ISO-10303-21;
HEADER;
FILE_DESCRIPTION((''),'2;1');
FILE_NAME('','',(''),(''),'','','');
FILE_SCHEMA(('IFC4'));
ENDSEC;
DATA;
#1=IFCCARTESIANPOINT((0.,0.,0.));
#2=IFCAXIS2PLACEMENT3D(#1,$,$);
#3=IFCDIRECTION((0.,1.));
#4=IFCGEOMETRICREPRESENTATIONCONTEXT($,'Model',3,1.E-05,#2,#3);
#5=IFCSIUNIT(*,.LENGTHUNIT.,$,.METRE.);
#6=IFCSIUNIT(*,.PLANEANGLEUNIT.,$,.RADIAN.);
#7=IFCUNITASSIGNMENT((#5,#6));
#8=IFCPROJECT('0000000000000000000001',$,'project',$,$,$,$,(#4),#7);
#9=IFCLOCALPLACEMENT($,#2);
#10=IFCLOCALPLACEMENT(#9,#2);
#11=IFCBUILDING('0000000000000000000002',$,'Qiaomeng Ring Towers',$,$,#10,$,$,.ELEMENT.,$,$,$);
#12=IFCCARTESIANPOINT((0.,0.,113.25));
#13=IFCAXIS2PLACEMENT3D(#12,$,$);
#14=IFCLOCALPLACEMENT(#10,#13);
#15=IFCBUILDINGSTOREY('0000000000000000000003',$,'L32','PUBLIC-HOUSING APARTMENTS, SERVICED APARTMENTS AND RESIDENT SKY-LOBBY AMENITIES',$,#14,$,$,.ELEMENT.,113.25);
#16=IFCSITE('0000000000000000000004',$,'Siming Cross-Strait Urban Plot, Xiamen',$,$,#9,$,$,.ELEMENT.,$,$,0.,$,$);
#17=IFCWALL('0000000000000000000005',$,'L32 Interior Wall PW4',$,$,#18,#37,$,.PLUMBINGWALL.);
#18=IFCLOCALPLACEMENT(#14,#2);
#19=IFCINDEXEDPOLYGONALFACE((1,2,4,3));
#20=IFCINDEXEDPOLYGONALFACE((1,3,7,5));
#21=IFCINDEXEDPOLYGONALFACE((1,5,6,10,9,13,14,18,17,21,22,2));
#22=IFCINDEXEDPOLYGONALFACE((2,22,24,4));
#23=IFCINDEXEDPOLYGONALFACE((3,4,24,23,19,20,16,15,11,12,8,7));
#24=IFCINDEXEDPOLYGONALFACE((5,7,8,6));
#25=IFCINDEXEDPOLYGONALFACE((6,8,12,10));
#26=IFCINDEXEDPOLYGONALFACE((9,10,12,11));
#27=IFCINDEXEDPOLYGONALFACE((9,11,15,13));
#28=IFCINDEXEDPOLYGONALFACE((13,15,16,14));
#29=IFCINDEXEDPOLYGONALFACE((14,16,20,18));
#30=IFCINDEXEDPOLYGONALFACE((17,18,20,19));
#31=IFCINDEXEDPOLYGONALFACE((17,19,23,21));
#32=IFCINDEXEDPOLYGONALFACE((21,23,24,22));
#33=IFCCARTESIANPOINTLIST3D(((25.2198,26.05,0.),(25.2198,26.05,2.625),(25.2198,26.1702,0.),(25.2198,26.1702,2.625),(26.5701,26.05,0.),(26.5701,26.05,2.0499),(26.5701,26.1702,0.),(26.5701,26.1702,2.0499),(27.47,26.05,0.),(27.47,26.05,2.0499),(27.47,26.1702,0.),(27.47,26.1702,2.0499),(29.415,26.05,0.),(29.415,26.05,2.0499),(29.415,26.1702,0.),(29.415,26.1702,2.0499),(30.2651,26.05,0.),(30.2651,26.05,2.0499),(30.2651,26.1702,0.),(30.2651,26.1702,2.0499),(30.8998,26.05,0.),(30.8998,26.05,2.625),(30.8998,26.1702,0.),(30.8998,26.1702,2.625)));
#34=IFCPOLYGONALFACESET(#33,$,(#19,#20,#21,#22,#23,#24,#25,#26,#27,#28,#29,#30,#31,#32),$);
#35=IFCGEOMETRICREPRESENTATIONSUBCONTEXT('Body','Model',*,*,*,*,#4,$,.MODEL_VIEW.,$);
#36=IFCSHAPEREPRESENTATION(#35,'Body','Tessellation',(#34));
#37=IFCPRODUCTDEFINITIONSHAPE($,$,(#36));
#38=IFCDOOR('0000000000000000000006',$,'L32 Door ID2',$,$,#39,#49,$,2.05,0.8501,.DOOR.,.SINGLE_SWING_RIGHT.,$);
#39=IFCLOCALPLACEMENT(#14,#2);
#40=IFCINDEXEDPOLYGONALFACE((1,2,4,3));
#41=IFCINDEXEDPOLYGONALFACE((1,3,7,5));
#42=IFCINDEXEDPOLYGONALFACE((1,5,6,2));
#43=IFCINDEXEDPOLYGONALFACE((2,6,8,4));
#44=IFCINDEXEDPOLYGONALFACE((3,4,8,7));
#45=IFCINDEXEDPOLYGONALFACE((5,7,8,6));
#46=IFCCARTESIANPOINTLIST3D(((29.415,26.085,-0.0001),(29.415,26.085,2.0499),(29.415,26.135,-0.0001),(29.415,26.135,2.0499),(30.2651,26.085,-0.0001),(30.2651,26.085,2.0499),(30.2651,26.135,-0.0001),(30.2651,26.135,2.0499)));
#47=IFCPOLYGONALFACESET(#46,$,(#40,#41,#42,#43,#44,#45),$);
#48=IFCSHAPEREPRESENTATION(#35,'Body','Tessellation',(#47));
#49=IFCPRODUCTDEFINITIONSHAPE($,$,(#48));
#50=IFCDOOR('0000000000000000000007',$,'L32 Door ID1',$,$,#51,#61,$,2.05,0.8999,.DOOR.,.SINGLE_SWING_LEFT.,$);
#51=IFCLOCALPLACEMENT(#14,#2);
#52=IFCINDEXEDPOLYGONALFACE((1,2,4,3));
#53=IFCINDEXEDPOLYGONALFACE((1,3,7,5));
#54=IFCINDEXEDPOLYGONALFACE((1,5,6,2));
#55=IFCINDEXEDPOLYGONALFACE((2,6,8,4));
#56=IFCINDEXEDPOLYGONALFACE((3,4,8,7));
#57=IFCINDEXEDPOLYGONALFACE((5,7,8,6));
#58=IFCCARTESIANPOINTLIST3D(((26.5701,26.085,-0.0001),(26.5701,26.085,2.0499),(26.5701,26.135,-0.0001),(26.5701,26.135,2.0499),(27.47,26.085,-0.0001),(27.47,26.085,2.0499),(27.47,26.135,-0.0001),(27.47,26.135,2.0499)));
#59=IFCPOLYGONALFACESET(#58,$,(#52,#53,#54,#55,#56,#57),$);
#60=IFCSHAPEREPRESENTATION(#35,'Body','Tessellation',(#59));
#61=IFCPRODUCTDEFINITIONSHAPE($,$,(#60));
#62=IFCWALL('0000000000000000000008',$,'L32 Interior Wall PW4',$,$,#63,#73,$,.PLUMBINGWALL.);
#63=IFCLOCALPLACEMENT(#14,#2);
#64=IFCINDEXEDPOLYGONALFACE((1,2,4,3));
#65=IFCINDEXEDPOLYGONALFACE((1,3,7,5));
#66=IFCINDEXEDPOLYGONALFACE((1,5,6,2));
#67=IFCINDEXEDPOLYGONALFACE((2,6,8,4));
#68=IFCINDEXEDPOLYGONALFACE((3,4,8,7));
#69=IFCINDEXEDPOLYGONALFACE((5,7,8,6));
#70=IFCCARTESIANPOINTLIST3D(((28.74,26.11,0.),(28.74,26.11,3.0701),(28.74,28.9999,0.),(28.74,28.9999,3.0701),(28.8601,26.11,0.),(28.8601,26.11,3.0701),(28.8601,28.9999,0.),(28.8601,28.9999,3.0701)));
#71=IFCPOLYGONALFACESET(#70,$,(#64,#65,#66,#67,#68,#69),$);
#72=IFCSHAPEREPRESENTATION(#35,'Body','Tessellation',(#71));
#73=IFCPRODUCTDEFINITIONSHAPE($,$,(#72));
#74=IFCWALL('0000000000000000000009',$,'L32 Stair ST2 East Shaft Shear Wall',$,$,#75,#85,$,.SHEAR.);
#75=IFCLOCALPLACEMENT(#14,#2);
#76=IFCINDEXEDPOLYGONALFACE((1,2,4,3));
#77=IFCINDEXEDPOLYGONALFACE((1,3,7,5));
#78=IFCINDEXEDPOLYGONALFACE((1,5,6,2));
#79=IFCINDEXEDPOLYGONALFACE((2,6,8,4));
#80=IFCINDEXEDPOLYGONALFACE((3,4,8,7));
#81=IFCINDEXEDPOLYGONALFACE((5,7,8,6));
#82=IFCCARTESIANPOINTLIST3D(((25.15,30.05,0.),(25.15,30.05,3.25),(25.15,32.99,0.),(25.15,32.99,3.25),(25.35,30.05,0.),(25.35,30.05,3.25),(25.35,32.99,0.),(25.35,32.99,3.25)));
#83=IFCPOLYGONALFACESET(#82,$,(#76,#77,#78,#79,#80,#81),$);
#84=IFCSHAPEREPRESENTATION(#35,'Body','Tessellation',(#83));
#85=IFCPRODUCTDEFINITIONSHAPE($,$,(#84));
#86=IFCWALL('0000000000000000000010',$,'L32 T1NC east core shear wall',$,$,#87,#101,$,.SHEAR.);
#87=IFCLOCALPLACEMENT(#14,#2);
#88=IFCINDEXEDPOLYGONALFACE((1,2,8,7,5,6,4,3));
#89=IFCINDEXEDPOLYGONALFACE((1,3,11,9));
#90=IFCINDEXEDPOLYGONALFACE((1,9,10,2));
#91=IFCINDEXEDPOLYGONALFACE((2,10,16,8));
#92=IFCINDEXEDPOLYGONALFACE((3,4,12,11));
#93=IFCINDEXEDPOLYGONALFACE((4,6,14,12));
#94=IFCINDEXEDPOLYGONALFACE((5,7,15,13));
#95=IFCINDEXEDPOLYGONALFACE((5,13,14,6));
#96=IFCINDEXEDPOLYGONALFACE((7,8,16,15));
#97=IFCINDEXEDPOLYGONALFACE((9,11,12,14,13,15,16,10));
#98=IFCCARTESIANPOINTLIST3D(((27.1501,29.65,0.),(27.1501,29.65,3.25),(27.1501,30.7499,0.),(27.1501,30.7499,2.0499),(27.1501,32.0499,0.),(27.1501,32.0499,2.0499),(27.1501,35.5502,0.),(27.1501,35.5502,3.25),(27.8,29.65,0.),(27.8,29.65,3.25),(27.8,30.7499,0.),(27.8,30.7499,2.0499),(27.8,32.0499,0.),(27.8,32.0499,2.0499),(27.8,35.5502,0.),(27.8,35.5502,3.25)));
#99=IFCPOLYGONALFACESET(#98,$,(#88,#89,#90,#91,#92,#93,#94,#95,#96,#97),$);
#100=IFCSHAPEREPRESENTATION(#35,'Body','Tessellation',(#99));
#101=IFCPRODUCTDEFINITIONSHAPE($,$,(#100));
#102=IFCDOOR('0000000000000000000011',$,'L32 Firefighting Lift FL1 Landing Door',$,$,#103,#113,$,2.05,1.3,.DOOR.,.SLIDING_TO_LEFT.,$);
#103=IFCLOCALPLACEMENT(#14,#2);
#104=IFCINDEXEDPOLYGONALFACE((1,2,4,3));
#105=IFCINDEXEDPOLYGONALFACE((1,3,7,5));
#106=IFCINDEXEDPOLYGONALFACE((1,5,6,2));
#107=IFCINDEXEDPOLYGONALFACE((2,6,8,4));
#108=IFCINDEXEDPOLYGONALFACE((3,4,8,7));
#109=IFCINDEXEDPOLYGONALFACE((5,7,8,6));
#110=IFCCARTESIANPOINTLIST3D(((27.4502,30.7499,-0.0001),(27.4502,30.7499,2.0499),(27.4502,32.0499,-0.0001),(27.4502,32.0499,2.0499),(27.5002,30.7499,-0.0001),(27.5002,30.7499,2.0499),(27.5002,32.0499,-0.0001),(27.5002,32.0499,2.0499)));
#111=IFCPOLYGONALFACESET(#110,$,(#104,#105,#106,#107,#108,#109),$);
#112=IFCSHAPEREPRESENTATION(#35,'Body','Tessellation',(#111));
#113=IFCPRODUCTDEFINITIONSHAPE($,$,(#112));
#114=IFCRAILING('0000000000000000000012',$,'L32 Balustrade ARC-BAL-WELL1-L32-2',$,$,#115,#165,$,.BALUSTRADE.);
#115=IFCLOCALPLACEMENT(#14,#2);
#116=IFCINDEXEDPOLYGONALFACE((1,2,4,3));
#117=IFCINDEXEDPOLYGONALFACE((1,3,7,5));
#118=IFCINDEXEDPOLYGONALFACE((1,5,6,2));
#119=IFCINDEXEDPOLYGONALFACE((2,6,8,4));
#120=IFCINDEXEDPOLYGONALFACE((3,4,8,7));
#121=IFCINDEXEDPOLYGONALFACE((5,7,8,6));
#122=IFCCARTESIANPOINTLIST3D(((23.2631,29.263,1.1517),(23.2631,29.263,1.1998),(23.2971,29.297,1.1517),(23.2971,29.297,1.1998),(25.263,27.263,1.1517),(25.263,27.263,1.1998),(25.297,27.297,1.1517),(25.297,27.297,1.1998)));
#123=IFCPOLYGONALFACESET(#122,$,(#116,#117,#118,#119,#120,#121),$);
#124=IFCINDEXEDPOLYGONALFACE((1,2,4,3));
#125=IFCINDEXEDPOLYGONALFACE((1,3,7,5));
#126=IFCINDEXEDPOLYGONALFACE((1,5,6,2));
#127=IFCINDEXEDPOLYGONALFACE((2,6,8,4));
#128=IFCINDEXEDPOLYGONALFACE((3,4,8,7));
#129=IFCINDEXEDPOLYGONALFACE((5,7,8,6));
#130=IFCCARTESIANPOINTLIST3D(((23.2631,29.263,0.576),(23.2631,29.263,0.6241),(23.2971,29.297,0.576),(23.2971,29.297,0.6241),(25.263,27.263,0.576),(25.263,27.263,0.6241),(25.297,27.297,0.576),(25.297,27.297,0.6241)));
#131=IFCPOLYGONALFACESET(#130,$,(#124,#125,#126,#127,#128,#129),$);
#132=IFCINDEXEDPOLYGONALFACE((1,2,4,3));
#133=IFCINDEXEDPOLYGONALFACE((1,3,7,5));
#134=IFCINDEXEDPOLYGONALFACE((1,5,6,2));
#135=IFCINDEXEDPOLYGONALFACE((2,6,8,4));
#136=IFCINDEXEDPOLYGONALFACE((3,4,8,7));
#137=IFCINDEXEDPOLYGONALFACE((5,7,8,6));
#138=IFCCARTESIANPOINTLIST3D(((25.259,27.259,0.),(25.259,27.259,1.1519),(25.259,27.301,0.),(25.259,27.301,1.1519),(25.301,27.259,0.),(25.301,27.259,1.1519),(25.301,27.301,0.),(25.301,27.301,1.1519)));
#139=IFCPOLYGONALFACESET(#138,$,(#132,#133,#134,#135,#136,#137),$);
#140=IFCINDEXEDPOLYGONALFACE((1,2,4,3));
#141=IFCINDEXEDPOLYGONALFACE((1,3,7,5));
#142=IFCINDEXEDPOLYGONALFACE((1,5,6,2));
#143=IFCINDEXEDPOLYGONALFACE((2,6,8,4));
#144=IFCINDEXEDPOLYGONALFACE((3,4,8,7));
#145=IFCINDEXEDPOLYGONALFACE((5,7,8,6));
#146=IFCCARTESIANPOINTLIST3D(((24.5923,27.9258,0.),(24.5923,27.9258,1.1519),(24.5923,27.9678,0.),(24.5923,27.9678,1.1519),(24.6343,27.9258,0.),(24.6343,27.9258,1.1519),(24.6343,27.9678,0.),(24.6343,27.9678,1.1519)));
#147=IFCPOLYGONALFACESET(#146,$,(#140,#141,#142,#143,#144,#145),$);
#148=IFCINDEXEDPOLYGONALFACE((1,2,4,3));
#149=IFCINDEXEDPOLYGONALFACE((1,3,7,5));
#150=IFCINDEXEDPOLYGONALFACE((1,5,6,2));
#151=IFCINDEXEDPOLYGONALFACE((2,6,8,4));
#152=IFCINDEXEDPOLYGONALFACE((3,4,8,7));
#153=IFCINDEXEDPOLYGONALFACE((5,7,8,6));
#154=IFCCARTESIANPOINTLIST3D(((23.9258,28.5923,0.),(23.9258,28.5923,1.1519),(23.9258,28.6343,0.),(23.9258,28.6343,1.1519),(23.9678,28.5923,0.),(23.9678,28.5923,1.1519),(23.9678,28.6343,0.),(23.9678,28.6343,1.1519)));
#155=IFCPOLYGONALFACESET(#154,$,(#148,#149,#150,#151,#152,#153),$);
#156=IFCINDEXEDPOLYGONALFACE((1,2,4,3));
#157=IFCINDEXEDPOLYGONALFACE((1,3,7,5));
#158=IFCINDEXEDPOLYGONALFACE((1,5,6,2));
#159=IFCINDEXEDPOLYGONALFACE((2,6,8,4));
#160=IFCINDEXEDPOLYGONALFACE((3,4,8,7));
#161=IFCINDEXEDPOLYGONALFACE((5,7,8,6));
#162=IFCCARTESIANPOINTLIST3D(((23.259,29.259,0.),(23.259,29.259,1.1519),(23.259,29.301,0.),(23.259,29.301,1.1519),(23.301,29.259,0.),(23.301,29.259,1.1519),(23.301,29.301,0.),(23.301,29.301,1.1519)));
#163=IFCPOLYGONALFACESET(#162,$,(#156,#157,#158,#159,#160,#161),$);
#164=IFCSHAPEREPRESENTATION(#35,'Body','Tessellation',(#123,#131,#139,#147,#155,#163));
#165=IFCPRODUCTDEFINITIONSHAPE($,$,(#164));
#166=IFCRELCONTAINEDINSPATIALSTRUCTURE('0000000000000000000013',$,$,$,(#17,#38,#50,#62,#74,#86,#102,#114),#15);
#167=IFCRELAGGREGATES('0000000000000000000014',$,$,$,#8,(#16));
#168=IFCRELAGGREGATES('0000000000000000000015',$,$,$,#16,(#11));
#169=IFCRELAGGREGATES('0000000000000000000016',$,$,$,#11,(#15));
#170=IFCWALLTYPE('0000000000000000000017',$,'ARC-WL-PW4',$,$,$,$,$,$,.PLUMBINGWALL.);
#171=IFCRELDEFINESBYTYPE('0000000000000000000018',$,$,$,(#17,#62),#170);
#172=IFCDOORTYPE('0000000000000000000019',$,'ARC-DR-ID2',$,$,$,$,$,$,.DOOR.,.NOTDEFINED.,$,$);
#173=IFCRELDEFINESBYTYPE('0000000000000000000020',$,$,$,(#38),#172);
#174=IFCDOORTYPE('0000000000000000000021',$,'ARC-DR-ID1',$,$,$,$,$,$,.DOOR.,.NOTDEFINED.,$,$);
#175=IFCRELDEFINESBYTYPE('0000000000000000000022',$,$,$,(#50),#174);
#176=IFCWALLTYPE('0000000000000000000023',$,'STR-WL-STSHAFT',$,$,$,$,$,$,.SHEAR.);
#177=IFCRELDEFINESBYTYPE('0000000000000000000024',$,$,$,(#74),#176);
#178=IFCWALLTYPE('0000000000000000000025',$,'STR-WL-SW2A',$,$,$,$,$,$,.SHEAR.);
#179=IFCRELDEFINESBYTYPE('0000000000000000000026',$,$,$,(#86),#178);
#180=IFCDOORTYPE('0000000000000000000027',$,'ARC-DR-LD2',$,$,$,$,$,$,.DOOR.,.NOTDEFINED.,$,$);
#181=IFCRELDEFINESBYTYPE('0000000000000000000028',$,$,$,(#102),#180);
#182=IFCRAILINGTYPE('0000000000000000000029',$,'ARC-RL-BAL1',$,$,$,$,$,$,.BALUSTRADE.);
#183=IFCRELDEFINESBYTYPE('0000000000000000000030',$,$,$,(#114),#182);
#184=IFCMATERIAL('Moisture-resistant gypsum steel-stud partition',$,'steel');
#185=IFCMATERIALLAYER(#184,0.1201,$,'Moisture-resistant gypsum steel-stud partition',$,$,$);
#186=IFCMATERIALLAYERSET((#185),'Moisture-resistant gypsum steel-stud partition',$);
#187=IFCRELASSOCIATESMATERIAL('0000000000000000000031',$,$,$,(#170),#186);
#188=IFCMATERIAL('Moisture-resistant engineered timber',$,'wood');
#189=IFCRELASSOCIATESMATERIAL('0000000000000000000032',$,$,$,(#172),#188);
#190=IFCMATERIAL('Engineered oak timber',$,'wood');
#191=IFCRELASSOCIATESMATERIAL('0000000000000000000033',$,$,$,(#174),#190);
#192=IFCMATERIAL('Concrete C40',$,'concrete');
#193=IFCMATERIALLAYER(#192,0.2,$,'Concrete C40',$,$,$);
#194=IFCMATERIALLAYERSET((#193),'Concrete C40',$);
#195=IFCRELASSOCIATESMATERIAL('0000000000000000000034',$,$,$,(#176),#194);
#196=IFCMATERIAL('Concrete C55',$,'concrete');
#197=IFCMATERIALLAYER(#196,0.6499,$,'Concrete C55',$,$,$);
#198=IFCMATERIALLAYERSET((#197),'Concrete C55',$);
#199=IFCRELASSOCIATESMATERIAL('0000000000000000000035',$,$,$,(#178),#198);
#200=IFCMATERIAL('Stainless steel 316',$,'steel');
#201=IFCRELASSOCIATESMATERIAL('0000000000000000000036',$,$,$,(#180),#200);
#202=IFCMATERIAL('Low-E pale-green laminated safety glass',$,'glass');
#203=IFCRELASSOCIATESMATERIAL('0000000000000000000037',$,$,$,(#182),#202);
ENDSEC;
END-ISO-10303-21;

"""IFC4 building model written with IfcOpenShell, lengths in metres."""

from ifc_helpers import new_model, si_unit, direction, frame, frame_2d, origin, origin_2d, place, context, subcontext, project, spatial, rectangle, extrude, source, transform, mapped, material, layer, layer_set, type_object, element, fill, save


model = new_model("IFC4")

# Units and contexts
model_context = context("Model", 3, precision=1e-05, world=origin(), true_north=direction((0.0, 1.0)))
body_context = subcontext(model_context, "Body", "Model", "MODEL_VIEW")
ifc_project = project(units=[si_unit("LENGTHUNIT", "METRE"), si_unit("PLANEANGLEUNIT", "RADIAN")], contexts=[model_context])

# Site, building, storey
site_placement = place(None, origin())
site = spatial("IfcSite", under=ifc_project, at=site_placement, Name="Siming Cross-Strait Urban Plot, Xiamen", CompositionType="ELEMENT", RefElevation=0.0)
building_placement = place(site_placement, origin())
building = spatial("IfcBuilding", under=site, at=building_placement, Name="Qiaomeng Ring Towers", CompositionType="ELEMENT")
storey_placement = place(building_placement, frame((0.0, 0.0, 113.25)))
storey = spatial("IfcBuildingStorey", under=building, at=storey_placement, Name="L32", Description="PUBLIC-HOUSING APARTMENTS, SERVICED APARTMENTS AND RESIDENT SKY-LOBBY AMENITIES", CompositionType="ELEMENT", Elevation=113.25)

# Shared definitions
ifc_material_1 = material(Name="Concrete C55", Category="concrete")

# Shared definitions
ifc_material_2 = material(Name="Moisture-resistant gypsum steel-stud partition", Category="steel")
ifc_layer_1 = layer(ifc_material_2, 0.1201, Name="Moisture-resistant gypsum steel-stud partition")
ifc_layer_set_1 = layer_set([ifc_layer_1], Name="Moisture-resistant gypsum steel-stud partition")
wall_type_1 = type_object("IfcWallType", Name="ARC-WL-PW4", PredefinedType="PLUMBINGWALL", material=ifc_layer_set_1)
ifc_material_3 = material(Name="Moisture-resistant engineered timber", Category="wood")
door_type_1 = type_object("IfcDoorType", Name="ARC-DR-ID2", OperationType="NOTDEFINED", PredefinedType="DOOR", material=ifc_material_3)
shared_shape_1 = source(origin(), body_context, "Body", "SweptSolid", [
    extrude(rectangle(XDim=0.8501, YDim=2.05, at=frame_2d((0.425, 1.0249))), frame((0.0, 0.0249, 0.0), z_axis=(0.0, -1.0, 0.0), x_axis=(1.0, 0.0, 0.0)), (0.0, 0.0, 1.0), 0.05),
])
ifc_material_4 = material(Name="Engineered oak timber", Category="wood")
door_type_2 = type_object("IfcDoorType", Name="ARC-DR-ID1", OperationType="NOTDEFINED", PredefinedType="DOOR", material=ifc_material_4)
shared_shape_2 = source(origin(), body_context, "Body", "SweptSolid", [
    extrude(rectangle(XDim=0.8999, YDim=2.05, at=frame_2d((0.45, 1.0249))), frame((0.0, 0.0249, 0.0), z_axis=(0.0, -1.0, 0.0), x_axis=(1.0, 0.0, 0.0)), (0.0, 0.0, 1.0), 0.05),
])

# Wall, openings, doors
wall_1_placement = place(storey_placement, frame((25.22, 26.1101, 0.0), z_axis=(0.0, 0.0, 1.0), x_axis=(1.0, 0.0, 0.0)))
wall_1 = element("IfcWall", 1, at=wall_1_placement, inside=storey, type_object=wall_type_1, Name="L32 Interior Wall PW4", PredefinedType="PLUMBINGWALL", context=body_context, shape_type="SweptSolid", body=[
    extrude(rectangle(XDim=5.6799, YDim=0.1201, at=frame_2d((2.8398, 0.0))), origin(), (0.0, 0.0, 1.0), 2.625),
])
opening_1_placement = place(wall_1_placement, frame((1.3501, 0.0, 0.0)))
opening_1 = element("IfcOpeningElement", 2, at=opening_1_placement, cuts=wall_1, PredefinedType="OPENING", context=body_context, shape_type="SweptSolid", body=[
    extrude(rectangle(XDim=0.8999, YDim=2.05, at=frame_2d((0.45, 1.0249))), frame((0.0, 0.0701, 0.0), z_axis=(0.0, -1.0, 0.0), x_axis=(1.0, 0.0, 0.0)), (0.0, 0.0, 1.0), 0.1401),
])
opening_2_placement = place(wall_1_placement, frame((4.1951, 0.0, 0.0)))
opening_2 = element("IfcOpeningElement", 3, at=opening_2_placement, cuts=wall_1, PredefinedType="OPENING", context=body_context, shape_type="SweptSolid", body=[
    extrude(rectangle(XDim=0.8501, YDim=2.05, at=frame_2d((0.425, 1.0249))), frame((0.0, 0.0701, 0.0), z_axis=(0.0, -1.0, 0.0), x_axis=(1.0, 0.0, 0.0)), (0.0, 0.0, 1.0), 0.1401),
])
door_1_placement = place(opening_2_placement, origin())
door_1 = element("IfcDoor", 4, at=door_1_placement, inside=storey, type_object=door_type_1, Name="L32 Door ID2", OperationType="SINGLE_SWING_RIGHT", OverallHeight=2.05, OverallWidth=0.8501, PredefinedType="DOOR", context=body_context, shape_type="MappedRepresentation", body=[
    mapped(shared_shape_1, transform((0.0, 0.0, 0.0), x_axis=(1.0, 0.0, 0.0), y_axis=(0.0, 1.0, 0.0), z_axis=(0.0, 0.0, 1.0), scale=1.0)),
])
fill(opening_2, door_1)
door_2_placement = place(opening_1_placement, origin())
door_2 = element("IfcDoor", 5, at=door_2_placement, inside=storey, type_object=door_type_2, Name="L32 Door ID1", OperationType="SINGLE_SWING_LEFT", OverallHeight=2.05, OverallWidth=0.8999, PredefinedType="DOOR", context=body_context, shape_type="MappedRepresentation", body=[
    mapped(shared_shape_2, transform((0.0, 0.0, 0.0), x_axis=(1.0, 0.0, 0.0), y_axis=(0.0, 1.0, 0.0), z_axis=(0.0, 0.0, 1.0), scale=1.0)),
])
fill(opening_1, door_2)

# Walls
wall_2_placement = place(storey_placement, frame((28.8, 26.1101, 0.0), z_axis=(0.0, 0.0, 1.0), x_axis=(0.0, 1.0, 0.0)))
element("IfcWall", 6, at=wall_2_placement, inside=storey, type_object=wall_type_1, Name="L32 Interior Wall PW4", PredefinedType="PLUMBINGWALL", context=body_context, shape_type="SweptSolid", body=[
    extrude(rectangle(XDim=2.8899, YDim=0.1201, at=frame_2d((1.4448, 0.0))), origin(), (0.0, 0.0, 1.0), 3.0701),
])
ifc_material_5 = material(Name="Concrete C40", Category="concrete")
ifc_layer_2 = layer(ifc_material_5, 0.2, Name="Concrete C40")
ifc_layer_set_2 = layer_set([ifc_layer_2], Name="Concrete C40")
wall_type_2 = type_object("IfcWallType", Name="STR-WL-STSHAFT", PredefinedType="SHEAR", material=ifc_layer_set_2)
wall_3_placement = place(storey_placement, frame((25.25, 30.05, 0.0), z_axis=(0.0, 0.0, 1.0), x_axis=(0.0, 1.0, 0.0)))
element("IfcWall", 7, at=wall_3_placement, inside=storey, type_object=wall_type_2, Name="L32 Stair ST2 East Shaft Shear Wall", PredefinedType="SHEAR", context=body_context, shape_type="SweptSolid", body=[
    extrude(rectangle(XDim=2.9399, YDim=0.2, at=frame_2d((1.47, 0.0))), origin(), (0.0, 0.0, 1.0), 3.25),
])

# Wall, opening, door
ifc_layer_3 = layer(ifc_material_1, 0.6499, Name="Concrete C55")
ifc_layer_set_3 = layer_set([ifc_layer_3], Name="Concrete C55")
wall_type_3 = type_object("IfcWallType", Name="STR-WL-SW2A", PredefinedType="SHEAR", material=ifc_layer_set_3)
wall_4_placement = place(storey_placement, frame((27.4751, 29.6499, 0.0), z_axis=(0.0, 0.0, 1.0), x_axis=(0.0, 1.0, 0.0)))
wall_4 = element("IfcWall", 8, at=wall_4_placement, inside=storey, type_object=wall_type_3, Name="L32 T1NC east core shear wall", PredefinedType="SHEAR", context=body_context, shape_type="SweptSolid", body=[
    extrude(rectangle(XDim=5.9001, YDim=0.6499, at=frame_2d((2.9502, 0.0))), origin(), (0.0, 0.0, 1.0), 3.25),
])
opening_3_placement = place(wall_4_placement, frame((1.1001, 0.0, 0.0)))
opening_3 = element("IfcOpeningElement", 9, at=opening_3_placement, cuts=wall_4, PredefinedType="OPENING", context=body_context, shape_type="SweptSolid", body=[
    extrude(rectangle(XDim=1.3, YDim=2.05, at=frame_2d((0.6499, 1.0249))), frame((0.0, 0.335, 0.0), z_axis=(0.0, -1.0, 0.0), x_axis=(1.0, 0.0, 0.0)), (0.0, 0.0, 1.0), 0.6699),
])
ifc_material_6 = material(Name="Stainless steel 316", Category="steel")
door_type_3 = type_object("IfcDoorType", Name="ARC-DR-LD2", OperationType="NOTDEFINED", PredefinedType="DOOR", material=ifc_material_6)
shared_shape_3 = source(origin(), body_context, "Body", "SweptSolid", [
    extrude(rectangle(XDim=1.3, YDim=2.05, at=frame_2d((0.6499, 1.0249))), frame((0.0, 0.0249, 0.0), z_axis=(0.0, -1.0, 0.0), x_axis=(1.0, 0.0, 0.0)), (0.0, 0.0, 1.0), 0.05),
])
door_3_placement = place(opening_3_placement, origin())
door_3 = element("IfcDoor", 10, at=door_3_placement, inside=storey, type_object=door_type_3, Name="L32 Firefighting Lift FL1 Landing Door", OperationType="SLIDING_TO_LEFT", OverallHeight=2.05, OverallWidth=1.3, PredefinedType="DOOR", context=body_context, shape_type="MappedRepresentation", body=[
    mapped(shared_shape_3, transform((0.0, 0.0, 0.0), x_axis=(1.0, 0.0, 0.0), y_axis=(0.0, 1.0, 0.0), z_axis=(0.0, 0.0, 1.0), scale=1.0)),
])
fill(opening_3, door_3)

# Railing
ifc_material_7 = material(Name="Low-E pale-green laminated safety glass", Category="glass")
railing_type = type_object("IfcRailingType", Name="ARC-RL-BAL1", PredefinedType="BALUSTRADE", material=ifc_material_7)
railing_placement = place(storey_placement, frame((25.28, 27.28, 0.0)))
element("IfcRailing", 11, at=railing_placement, inside=storey, type_object=railing_type, Name="L32 Balustrade ARC-BAL-WELL1-L32-2", PredefinedType="BALUSTRADE", context=body_context, shape_type="SweptSolid", body=[
    extrude(rectangle(XDim=0.0481, YDim=0.0481, at=origin_2d()), frame((0.0, 0.0, 1.1758), z_axis=(-0.707107, 0.707107, 0.0), x_axis=(-0.707107, -0.707107, 0.0)), (0.0, 0.0, 1.0), 2.8284),
    extrude(rectangle(XDim=0.0481, YDim=0.0481, at=origin_2d()), frame((0.0, 0.0, 0.6001), z_axis=(-0.707107, 0.707107, 0.0), x_axis=(-0.707107, -0.707107, 0.0)), (0.0, 0.0, 1.0), 2.8284),
    extrude(rectangle(XDim=0.042, YDim=0.042, at=origin_2d()), origin(), (0.0, 0.0, 1.0), 1.1519),
    extrude(rectangle(XDim=0.042, YDim=0.042, at=origin_2d()), frame((-0.6667, 0.6667, 0.0)), (0.0, 0.0, 1.0), 1.1519),
    extrude(rectangle(XDim=0.042, YDim=0.042, at=origin_2d()), frame((-1.3333, 1.3333, 0.0)), (0.0, 0.0, 1.0), 1.1519),
    extrude(rectangle(XDim=0.042, YDim=0.042, at=origin_2d()), frame((-2.0, 2.0, 0.0)), (0.0, 0.0, 1.0), 1.1519),
])

save(model, "model.ifc")
